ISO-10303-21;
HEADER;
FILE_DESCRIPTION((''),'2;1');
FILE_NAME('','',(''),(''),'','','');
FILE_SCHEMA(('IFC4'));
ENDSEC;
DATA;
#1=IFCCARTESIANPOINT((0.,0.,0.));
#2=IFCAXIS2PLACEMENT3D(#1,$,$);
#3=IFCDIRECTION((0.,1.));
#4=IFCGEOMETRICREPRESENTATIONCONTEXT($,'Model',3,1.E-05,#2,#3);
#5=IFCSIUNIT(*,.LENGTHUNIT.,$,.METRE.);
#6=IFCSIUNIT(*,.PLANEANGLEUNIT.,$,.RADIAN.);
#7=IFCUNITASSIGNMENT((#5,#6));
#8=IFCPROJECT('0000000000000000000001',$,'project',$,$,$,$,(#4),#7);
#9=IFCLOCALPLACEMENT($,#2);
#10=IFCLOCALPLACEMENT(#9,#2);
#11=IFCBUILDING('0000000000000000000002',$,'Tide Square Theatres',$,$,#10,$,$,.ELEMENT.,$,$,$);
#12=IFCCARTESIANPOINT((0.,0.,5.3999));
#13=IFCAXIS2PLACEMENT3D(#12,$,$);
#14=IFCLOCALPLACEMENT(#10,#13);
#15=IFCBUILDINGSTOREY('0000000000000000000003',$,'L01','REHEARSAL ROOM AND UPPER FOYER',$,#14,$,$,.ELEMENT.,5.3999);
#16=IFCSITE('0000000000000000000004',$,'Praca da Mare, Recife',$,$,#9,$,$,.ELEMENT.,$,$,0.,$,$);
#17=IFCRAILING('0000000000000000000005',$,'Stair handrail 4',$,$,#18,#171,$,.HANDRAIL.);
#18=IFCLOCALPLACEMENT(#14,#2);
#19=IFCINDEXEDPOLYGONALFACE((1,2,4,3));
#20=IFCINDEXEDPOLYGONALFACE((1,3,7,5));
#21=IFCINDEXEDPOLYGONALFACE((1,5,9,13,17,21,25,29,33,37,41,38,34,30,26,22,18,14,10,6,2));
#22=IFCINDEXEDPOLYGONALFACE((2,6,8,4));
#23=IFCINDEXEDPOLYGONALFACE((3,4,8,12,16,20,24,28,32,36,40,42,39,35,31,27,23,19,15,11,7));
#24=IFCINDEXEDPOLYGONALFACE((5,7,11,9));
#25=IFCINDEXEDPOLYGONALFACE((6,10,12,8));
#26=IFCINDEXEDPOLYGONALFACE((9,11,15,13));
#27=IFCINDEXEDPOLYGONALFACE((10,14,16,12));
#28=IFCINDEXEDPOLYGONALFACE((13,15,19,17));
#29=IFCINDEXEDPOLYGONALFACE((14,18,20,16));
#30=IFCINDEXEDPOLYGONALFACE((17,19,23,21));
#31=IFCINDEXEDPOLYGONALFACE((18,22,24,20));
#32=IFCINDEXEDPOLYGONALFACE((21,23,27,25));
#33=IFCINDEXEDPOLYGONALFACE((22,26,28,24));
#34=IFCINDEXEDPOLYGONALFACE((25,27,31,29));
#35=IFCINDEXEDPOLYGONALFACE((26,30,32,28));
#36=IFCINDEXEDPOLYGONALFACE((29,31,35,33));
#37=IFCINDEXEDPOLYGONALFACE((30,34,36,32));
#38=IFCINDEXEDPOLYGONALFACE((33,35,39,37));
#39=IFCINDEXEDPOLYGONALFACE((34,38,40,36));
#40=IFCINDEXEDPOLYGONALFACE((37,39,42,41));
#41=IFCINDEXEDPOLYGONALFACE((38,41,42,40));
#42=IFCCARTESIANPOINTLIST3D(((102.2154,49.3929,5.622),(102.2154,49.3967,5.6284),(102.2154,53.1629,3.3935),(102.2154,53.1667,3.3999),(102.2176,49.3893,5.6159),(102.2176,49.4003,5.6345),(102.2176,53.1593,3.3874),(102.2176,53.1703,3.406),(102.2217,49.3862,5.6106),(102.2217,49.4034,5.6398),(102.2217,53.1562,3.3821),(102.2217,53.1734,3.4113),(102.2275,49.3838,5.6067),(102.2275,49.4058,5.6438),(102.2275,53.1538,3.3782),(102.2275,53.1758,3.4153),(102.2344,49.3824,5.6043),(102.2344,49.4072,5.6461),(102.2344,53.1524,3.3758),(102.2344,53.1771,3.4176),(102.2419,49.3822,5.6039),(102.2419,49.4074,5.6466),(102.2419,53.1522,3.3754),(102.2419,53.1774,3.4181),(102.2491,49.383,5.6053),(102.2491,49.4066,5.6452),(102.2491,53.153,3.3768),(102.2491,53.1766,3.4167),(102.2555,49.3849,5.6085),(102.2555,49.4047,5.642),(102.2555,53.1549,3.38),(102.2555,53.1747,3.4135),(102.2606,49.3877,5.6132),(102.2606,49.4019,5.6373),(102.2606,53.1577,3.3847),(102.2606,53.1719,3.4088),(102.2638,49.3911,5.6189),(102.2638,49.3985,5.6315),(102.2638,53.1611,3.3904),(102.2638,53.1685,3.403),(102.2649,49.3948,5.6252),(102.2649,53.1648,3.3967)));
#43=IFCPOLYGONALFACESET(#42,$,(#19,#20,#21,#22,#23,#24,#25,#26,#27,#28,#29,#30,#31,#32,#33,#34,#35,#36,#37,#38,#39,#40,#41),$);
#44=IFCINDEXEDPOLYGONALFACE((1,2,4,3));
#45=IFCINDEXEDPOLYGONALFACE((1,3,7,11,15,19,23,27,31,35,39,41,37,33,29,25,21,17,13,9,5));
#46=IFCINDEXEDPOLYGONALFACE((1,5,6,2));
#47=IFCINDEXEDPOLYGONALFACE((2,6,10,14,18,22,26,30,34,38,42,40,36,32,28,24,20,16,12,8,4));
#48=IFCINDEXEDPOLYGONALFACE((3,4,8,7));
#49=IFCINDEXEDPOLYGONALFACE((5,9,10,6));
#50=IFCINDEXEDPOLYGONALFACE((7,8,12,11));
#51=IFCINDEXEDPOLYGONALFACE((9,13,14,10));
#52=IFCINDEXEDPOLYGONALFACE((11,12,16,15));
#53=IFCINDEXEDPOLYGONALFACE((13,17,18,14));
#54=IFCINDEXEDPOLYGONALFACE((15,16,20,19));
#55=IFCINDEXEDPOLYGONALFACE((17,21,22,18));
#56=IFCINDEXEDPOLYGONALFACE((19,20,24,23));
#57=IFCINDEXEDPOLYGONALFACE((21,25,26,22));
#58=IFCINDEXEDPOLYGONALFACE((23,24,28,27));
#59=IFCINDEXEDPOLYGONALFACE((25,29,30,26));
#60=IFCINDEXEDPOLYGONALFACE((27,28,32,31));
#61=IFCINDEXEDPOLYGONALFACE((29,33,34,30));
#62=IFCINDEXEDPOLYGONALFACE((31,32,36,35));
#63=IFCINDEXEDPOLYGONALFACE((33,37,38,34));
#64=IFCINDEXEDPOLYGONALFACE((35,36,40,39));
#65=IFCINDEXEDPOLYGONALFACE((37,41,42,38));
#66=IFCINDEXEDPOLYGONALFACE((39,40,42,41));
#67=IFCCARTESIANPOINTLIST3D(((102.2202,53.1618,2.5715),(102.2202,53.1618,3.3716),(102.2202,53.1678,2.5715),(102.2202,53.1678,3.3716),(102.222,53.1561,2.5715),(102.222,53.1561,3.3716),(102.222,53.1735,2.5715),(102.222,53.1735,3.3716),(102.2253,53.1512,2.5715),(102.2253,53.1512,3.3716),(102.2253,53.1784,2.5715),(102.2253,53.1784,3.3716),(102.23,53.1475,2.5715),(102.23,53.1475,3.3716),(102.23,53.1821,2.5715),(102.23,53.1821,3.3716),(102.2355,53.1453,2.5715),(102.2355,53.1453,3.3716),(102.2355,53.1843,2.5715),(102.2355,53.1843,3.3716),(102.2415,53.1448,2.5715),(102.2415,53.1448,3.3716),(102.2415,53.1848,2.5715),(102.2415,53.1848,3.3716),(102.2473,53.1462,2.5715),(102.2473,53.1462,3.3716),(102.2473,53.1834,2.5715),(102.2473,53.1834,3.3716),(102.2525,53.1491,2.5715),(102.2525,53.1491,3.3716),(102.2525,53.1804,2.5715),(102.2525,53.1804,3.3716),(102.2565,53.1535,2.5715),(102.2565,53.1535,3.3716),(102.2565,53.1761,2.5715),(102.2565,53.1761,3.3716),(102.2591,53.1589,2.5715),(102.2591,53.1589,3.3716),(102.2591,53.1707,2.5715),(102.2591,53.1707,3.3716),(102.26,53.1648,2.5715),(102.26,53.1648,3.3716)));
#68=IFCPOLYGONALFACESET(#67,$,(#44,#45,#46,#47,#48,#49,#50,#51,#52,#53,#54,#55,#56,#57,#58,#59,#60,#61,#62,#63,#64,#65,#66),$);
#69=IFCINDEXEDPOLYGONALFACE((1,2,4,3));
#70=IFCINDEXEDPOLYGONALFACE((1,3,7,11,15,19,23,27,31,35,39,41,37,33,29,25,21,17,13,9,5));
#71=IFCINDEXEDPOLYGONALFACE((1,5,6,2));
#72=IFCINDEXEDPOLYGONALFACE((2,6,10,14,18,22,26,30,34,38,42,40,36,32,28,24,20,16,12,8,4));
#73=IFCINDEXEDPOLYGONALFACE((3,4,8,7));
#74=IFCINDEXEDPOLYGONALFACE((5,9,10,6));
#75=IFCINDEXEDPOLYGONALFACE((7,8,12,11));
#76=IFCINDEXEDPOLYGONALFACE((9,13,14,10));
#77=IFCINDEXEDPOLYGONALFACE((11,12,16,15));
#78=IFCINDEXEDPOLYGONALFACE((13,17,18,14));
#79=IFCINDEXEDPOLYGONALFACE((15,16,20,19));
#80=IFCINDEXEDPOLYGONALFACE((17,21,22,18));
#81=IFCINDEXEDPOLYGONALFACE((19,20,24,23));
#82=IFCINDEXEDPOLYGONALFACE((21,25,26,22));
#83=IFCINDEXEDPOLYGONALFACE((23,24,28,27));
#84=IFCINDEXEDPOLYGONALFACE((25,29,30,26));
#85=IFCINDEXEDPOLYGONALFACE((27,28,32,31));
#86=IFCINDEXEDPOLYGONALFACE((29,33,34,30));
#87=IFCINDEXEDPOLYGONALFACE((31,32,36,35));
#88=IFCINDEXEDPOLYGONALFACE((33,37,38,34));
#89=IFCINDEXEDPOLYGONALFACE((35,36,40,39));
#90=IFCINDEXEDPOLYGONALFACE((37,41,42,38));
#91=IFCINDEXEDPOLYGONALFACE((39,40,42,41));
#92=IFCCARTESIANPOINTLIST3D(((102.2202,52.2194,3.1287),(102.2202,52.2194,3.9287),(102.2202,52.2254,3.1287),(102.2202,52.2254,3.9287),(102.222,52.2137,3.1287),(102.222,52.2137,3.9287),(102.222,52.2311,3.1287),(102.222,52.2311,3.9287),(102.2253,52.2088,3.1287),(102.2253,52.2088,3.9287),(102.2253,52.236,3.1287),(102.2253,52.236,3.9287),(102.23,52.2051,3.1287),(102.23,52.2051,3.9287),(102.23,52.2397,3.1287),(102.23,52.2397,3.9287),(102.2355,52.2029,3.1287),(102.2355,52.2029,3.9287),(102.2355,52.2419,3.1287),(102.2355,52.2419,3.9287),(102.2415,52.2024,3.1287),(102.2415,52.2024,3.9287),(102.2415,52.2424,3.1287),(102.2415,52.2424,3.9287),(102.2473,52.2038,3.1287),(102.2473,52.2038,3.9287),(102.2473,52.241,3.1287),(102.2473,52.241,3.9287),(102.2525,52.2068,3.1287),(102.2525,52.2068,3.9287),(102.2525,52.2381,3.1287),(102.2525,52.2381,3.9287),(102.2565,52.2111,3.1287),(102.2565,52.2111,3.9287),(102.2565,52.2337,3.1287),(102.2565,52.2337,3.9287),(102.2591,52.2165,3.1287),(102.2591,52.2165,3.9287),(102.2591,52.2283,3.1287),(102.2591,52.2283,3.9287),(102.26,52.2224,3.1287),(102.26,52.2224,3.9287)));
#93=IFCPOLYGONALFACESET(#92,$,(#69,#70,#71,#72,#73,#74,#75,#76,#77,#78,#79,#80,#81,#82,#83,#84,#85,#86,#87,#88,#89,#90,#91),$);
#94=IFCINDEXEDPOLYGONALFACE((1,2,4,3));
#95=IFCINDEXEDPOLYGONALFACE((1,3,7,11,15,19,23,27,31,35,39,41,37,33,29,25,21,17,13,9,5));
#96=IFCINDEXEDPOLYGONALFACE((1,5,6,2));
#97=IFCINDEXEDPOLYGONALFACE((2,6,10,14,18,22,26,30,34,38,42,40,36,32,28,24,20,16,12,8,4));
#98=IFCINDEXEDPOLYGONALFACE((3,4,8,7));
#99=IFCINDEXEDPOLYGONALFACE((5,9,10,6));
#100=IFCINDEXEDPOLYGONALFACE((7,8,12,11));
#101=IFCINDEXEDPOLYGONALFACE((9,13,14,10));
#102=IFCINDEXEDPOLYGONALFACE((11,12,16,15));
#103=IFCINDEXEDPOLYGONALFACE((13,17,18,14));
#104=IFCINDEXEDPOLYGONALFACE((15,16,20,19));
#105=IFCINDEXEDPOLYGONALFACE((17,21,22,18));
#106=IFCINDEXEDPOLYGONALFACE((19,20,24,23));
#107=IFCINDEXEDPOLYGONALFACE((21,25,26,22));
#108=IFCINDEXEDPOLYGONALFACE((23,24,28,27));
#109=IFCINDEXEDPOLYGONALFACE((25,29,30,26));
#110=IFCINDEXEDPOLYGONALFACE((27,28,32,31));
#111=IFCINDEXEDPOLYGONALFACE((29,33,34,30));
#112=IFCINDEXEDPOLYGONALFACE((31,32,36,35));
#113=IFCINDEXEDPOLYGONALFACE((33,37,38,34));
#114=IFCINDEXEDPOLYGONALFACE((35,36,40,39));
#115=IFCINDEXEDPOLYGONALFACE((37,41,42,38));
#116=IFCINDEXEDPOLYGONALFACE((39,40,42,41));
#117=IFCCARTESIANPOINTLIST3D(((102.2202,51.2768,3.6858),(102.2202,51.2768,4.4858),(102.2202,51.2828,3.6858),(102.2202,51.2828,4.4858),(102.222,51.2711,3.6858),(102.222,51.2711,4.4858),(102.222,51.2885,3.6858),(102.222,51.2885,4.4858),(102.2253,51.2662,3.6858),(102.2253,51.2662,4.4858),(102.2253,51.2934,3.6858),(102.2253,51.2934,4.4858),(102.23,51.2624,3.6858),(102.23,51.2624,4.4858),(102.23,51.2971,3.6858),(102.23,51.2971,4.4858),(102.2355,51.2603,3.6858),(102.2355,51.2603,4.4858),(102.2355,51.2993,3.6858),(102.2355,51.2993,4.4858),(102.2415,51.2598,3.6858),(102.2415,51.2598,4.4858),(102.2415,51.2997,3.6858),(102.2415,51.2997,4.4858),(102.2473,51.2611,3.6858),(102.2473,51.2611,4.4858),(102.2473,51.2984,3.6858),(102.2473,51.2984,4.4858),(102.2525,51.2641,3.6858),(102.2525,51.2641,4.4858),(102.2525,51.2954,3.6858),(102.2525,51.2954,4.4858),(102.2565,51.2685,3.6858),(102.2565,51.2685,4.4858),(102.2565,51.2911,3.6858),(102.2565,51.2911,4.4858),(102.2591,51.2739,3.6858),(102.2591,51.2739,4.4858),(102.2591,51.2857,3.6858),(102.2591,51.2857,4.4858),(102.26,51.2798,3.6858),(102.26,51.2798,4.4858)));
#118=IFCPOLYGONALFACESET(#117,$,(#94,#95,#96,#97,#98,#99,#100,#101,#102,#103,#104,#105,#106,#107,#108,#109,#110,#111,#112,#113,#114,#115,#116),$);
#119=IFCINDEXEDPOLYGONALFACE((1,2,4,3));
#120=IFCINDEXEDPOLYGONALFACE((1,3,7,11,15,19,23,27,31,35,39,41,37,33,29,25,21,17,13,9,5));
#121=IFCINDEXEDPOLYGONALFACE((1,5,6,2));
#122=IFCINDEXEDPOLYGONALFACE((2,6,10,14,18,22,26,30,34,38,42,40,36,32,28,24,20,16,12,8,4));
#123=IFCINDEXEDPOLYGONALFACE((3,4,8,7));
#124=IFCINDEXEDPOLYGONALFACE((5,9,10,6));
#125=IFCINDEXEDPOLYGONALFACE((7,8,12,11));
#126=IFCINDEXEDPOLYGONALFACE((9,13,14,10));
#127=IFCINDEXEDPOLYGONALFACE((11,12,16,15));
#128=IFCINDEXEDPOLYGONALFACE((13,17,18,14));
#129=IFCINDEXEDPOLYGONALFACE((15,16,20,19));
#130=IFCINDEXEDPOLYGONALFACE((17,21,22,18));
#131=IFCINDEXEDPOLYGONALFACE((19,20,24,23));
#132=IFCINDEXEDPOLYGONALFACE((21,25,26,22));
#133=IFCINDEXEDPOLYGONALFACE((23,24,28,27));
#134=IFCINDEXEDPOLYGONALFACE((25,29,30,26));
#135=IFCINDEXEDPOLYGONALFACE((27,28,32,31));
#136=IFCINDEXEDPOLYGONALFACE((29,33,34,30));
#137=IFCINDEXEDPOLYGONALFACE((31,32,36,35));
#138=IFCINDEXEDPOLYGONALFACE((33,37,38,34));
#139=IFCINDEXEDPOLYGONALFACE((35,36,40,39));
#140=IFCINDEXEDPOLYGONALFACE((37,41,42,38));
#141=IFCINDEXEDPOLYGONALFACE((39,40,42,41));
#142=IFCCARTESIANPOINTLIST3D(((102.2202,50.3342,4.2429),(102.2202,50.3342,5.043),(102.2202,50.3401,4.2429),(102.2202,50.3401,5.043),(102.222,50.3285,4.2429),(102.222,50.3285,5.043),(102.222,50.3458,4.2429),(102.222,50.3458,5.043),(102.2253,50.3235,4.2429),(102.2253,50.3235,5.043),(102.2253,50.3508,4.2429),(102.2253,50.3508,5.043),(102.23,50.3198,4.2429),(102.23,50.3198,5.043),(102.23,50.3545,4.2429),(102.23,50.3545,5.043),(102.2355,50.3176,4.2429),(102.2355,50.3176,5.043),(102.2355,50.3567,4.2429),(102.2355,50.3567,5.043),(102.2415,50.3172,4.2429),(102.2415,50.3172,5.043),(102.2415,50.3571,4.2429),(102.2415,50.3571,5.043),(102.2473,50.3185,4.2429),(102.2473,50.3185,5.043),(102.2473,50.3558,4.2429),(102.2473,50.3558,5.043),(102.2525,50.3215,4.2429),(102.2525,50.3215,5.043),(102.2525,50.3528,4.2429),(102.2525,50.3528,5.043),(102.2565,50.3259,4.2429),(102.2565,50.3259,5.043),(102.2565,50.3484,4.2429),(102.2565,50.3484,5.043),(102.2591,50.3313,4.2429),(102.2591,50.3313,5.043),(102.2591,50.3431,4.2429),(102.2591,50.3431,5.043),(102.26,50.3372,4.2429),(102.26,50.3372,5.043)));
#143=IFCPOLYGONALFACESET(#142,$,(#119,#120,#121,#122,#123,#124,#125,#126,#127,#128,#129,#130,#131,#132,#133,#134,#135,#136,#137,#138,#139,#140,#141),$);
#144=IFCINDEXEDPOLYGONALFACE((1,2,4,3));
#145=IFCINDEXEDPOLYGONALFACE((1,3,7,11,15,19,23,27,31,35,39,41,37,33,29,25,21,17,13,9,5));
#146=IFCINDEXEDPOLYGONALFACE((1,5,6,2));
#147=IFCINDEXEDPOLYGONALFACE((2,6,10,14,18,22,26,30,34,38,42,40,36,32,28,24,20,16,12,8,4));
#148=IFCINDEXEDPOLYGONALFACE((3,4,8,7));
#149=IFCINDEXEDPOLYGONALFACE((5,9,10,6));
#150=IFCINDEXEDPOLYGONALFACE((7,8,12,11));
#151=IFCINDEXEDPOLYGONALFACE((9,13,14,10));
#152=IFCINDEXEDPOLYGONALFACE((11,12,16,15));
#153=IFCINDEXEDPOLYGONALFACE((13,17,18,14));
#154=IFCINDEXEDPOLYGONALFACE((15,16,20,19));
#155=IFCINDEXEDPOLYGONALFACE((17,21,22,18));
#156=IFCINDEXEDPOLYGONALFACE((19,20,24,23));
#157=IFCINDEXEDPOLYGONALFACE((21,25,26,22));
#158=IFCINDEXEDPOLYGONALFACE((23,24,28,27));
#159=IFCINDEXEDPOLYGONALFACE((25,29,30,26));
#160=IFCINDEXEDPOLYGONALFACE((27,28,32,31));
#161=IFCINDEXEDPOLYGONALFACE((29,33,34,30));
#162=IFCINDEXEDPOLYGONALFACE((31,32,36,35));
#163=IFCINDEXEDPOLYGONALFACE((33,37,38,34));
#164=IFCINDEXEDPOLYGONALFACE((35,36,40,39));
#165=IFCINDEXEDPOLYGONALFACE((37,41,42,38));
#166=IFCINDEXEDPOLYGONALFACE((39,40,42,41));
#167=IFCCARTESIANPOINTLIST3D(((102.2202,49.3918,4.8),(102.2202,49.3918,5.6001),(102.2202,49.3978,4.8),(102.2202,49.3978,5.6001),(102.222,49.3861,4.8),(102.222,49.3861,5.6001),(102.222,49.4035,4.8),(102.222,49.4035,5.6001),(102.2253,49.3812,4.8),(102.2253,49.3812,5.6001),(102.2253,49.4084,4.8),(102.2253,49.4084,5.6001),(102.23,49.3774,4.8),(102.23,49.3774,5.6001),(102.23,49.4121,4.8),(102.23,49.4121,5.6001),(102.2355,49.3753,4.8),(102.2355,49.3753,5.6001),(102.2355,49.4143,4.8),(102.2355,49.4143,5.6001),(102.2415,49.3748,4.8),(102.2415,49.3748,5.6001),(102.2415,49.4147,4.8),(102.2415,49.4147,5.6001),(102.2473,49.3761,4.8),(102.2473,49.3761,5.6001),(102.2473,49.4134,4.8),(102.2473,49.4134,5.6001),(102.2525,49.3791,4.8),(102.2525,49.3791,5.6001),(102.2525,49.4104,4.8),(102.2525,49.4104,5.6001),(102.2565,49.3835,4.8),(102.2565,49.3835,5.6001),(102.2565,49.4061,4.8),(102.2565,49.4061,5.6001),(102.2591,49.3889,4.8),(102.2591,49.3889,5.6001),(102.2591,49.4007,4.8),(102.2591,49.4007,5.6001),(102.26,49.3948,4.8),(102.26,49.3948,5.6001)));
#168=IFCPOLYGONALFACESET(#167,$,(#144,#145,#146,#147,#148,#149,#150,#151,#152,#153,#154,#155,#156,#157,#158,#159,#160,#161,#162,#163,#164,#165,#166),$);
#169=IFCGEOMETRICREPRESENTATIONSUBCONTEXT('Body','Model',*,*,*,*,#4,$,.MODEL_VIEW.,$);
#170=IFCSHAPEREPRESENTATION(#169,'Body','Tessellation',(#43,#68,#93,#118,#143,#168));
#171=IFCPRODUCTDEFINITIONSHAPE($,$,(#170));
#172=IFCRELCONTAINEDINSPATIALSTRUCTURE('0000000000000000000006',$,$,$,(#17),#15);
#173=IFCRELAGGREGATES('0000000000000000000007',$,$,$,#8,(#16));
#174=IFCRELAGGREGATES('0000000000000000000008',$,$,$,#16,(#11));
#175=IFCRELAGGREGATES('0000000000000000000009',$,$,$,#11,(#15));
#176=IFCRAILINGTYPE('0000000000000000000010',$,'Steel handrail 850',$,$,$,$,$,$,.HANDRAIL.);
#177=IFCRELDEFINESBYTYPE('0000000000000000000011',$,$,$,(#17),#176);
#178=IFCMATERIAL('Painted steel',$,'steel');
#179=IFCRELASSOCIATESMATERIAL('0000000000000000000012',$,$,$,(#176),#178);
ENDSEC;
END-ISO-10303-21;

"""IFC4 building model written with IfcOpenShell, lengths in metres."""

from ifc_helpers import new_model, si_unit, direction, frame, origin, origin_2d, place, context, subcontext, project, spatial, circle, extrude, material, type_object, element, save


model = new_model("IFC4")

# Units and contexts
model_context = context("Model", 3, precision=1e-05, world=origin(), true_north=direction((0.0, 1.0)))
body_context = subcontext(model_context, "Body", "Model", "MODEL_VIEW")
ifc_project = project(units=[si_unit("LENGTHUNIT", "METRE"), si_unit("PLANEANGLEUNIT", "RADIAN")], contexts=[model_context])

# Site, building, storey
site_placement = place(None, origin())
site = spatial("IfcSite", under=ifc_project, at=site_placement, Name="Praca da Mare, Recife", CompositionType="ELEMENT", RefElevation=0.0)
building_placement = place(site_placement, origin())
building = spatial("IfcBuilding", under=site, at=building_placement, Name="Tide Square Theatres", CompositionType="ELEMENT")
storey_placement = place(building_placement, frame((0.0, 0.0, 5.3999)))
storey = spatial("IfcBuildingStorey", under=building, at=storey_placement, Name="L01", Description="REHEARSAL ROOM AND UPPER FOYER", CompositionType="ELEMENT", Elevation=5.3999)

# Railing
ifc_material_1 = material(Name="Painted steel", Category="steel")
railing_type = type_object("IfcRailingType", Name="Steel handrail 850", PredefinedType="HANDRAIL", material=ifc_material_1)
for number, where, name in (
    (1, (102.24, 53.1648, 2.5715), "Stair handrail 4"),
):
    element("IfcRailing", number, at=place(storey_placement, frame(where)), inside=storey, type_object=railing_type, Name=name, PredefinedType="HANDRAIL", context=body_context, shape_type="SweptSolid", body=[
        extrude(circle(Radius=0.0249, at=origin_2d()), frame((0.0, 0.0, 0.8252), z_axis=(0.0, -0.860849, 0.508861), x_axis=(1.0, 0.0, 0.0)), (0.0, 0.0, 1.0), 4.3794),
        extrude(circle(Radius=0.02, at=origin_2d()), origin(), (0.0, 0.0, 1.0), 0.8),
        extrude(circle(Radius=0.02, at=origin_2d()), frame((0.0, -0.9424, 0.5571)), (0.0, 0.0, 1.0), 0.8),
        extrude(circle(Radius=0.02, at=origin_2d()), frame((0.0, -1.885, 1.1143)), (0.0, 0.0, 1.0), 0.8),
        extrude(circle(Radius=0.02, at=origin_2d()), frame((0.0, -2.8276, 1.6714)), (0.0, 0.0, 1.0), 0.8),
        extrude(circle(Radius=0.02, at=origin_2d()), frame((0.0, -3.77, 2.2285)), (0.0, 0.0, 1.0), 0.8),
    ])

save(model, "model.ifc")
